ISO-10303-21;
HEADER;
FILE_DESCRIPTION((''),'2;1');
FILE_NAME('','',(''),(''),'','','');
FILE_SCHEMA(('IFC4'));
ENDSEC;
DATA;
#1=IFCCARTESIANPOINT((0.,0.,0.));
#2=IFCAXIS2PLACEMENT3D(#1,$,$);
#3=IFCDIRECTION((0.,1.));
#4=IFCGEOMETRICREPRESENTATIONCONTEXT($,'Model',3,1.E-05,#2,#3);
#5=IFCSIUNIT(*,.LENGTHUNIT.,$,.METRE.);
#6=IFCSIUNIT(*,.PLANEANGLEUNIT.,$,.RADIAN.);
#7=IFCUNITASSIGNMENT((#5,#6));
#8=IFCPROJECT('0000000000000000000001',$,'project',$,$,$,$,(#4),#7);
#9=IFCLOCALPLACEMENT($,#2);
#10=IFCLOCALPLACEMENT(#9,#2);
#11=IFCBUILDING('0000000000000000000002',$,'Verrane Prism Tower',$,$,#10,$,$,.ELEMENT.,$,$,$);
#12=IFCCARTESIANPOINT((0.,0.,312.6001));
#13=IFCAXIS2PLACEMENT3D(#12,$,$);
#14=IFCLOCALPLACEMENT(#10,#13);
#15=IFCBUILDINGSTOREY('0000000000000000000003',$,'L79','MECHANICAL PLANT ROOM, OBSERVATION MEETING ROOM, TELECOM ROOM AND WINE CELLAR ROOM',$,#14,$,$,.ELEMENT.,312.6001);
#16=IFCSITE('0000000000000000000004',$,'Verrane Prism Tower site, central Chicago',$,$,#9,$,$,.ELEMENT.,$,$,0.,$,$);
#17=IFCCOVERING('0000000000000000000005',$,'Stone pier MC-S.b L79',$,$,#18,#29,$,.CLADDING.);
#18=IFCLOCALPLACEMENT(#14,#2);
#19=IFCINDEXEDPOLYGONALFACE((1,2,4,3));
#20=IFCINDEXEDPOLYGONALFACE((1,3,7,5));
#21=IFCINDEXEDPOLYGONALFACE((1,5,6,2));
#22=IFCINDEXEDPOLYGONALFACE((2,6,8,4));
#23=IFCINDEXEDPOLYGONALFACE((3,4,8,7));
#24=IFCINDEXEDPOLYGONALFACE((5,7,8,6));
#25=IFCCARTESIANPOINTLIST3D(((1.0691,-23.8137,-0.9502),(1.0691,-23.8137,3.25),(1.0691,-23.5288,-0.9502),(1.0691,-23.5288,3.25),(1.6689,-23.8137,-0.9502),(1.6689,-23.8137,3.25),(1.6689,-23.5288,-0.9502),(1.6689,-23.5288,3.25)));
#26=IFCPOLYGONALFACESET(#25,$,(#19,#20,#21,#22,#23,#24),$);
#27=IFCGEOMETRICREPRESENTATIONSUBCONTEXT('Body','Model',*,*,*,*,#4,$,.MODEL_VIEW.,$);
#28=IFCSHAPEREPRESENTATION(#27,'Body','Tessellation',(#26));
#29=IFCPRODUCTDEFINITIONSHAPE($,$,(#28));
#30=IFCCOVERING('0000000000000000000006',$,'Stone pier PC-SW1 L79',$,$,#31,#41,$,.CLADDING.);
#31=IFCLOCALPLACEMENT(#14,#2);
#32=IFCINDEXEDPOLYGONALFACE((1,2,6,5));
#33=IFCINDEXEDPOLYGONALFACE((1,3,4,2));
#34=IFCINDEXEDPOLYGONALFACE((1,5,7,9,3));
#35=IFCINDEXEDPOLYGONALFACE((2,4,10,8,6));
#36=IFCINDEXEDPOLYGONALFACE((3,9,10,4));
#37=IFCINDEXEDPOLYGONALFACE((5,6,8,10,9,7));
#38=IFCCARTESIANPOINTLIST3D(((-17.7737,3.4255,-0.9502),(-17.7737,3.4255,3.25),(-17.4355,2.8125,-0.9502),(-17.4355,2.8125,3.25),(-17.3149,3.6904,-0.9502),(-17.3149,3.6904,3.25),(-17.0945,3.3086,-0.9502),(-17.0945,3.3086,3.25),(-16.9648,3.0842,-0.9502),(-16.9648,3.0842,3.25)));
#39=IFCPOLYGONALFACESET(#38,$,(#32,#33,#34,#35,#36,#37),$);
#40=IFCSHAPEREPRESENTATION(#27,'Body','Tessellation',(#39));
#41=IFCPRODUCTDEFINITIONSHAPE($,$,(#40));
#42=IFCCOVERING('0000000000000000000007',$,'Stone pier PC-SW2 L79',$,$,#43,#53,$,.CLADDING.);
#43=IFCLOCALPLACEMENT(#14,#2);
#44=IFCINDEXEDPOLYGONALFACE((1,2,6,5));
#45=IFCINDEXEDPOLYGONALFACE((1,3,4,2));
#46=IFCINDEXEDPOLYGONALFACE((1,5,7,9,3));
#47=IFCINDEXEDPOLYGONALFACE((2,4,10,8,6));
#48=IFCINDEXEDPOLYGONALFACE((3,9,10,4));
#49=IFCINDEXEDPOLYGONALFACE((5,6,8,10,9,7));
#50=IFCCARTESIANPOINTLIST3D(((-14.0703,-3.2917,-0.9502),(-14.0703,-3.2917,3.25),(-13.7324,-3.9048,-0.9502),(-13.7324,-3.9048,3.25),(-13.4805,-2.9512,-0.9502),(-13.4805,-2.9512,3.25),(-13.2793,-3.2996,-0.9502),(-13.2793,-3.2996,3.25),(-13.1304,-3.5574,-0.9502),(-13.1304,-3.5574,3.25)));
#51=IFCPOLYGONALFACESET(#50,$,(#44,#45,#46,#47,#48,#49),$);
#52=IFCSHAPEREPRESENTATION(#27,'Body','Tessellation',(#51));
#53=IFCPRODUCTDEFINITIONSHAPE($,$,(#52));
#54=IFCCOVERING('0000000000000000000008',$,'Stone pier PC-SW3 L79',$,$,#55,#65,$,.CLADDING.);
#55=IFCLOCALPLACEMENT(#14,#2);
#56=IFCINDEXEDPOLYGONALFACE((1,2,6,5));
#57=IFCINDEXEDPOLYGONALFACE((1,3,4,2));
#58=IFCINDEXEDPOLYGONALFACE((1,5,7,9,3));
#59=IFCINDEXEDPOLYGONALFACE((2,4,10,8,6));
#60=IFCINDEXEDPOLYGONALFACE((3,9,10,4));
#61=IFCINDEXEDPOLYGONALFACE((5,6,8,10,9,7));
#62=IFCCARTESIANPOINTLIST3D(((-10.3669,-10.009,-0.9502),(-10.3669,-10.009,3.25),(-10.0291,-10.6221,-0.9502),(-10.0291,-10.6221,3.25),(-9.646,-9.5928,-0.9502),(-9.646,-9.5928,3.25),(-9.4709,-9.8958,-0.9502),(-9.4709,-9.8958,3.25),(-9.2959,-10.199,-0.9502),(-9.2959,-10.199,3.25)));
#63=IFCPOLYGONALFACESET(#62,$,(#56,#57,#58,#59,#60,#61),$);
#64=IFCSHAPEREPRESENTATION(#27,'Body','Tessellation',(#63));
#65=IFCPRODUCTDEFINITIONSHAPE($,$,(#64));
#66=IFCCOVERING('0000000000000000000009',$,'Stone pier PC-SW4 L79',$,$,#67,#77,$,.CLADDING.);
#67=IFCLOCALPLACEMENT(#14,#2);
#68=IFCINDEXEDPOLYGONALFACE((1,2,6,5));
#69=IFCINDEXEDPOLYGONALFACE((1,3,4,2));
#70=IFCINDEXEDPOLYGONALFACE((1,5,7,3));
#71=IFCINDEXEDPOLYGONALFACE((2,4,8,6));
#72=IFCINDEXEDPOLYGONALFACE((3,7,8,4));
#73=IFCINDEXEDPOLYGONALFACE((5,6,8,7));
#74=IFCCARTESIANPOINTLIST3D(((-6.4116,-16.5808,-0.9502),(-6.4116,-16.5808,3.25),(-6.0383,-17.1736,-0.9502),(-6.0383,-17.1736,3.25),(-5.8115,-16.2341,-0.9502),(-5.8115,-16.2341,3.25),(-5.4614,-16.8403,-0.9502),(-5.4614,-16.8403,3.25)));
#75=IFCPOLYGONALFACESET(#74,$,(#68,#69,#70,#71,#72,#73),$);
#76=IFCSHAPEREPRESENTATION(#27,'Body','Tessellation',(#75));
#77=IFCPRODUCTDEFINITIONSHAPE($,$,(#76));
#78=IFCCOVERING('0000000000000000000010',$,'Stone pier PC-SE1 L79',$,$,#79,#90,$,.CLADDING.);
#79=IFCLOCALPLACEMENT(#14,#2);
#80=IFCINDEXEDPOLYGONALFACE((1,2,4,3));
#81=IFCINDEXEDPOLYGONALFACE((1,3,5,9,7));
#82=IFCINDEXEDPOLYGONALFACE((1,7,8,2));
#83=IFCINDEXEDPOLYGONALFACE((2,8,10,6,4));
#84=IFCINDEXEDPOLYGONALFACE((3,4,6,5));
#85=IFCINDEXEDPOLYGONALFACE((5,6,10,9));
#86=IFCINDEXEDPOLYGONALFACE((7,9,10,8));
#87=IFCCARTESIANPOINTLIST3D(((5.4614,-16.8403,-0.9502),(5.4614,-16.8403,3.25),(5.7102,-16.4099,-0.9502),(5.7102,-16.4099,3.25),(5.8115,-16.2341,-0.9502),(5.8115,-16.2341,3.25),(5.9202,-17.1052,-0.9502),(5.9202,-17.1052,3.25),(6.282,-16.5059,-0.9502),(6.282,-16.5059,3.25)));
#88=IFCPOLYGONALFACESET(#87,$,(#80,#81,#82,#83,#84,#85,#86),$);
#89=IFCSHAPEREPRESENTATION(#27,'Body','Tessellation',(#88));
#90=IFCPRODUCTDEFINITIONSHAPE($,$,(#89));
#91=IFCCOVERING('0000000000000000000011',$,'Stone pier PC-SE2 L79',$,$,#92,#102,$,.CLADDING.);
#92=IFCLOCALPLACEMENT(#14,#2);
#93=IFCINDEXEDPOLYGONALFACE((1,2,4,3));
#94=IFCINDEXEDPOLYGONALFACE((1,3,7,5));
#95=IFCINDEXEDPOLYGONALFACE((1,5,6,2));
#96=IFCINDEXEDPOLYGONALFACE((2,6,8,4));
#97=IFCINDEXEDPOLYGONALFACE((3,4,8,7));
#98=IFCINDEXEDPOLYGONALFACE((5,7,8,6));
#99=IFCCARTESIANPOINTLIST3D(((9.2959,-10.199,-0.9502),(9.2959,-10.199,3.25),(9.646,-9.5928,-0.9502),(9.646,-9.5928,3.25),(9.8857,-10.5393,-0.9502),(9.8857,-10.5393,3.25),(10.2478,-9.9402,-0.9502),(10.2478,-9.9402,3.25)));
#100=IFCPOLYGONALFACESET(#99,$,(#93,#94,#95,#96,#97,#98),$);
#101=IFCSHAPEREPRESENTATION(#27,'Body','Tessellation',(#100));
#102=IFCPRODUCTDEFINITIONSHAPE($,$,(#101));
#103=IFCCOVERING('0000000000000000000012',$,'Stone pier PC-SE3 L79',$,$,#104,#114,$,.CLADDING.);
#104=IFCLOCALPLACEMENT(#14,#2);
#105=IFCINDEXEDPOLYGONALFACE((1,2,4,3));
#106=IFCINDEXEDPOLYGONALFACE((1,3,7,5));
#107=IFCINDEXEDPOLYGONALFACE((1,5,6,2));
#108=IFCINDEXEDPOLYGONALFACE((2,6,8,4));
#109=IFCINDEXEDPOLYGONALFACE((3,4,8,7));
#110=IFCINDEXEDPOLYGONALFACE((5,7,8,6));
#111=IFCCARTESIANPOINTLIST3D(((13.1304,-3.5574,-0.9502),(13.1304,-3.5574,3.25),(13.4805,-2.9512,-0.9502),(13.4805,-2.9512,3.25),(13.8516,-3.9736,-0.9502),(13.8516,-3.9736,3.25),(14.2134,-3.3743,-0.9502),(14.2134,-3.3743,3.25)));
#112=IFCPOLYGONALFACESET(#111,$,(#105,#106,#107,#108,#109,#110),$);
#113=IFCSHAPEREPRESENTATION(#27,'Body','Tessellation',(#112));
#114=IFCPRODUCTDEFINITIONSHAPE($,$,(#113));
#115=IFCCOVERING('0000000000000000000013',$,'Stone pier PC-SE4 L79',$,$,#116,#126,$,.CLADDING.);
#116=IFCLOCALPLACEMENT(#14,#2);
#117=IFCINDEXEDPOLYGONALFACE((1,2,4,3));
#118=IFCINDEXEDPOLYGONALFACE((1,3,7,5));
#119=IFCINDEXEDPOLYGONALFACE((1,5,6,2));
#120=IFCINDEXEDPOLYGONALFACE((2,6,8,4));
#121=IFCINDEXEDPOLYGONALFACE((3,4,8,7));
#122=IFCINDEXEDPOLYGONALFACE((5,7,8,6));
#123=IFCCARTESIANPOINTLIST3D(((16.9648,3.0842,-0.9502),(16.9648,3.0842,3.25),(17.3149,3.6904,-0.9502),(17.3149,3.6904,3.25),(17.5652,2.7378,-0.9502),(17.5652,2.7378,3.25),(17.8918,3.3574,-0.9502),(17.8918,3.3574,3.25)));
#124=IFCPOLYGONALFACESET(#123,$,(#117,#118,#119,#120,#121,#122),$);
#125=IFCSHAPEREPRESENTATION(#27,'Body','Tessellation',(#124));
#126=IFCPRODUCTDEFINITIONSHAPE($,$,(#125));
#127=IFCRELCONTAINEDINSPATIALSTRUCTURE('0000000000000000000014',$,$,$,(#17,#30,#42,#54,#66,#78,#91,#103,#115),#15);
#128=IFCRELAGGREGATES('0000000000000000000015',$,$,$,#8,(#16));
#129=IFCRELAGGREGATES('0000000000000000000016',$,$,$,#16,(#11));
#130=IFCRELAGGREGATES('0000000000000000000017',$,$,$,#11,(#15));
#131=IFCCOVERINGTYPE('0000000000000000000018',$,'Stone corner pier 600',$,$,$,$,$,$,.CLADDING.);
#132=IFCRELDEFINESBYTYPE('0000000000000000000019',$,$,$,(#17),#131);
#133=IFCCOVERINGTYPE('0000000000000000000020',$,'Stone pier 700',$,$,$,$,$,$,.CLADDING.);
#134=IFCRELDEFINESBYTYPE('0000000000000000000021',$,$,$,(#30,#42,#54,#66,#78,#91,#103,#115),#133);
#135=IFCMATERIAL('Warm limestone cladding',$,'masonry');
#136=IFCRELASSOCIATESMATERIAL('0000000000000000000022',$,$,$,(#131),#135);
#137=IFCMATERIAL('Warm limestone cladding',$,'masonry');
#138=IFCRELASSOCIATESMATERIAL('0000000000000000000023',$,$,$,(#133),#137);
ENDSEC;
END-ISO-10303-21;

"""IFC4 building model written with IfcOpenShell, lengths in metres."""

from ifc_helpers import new_model, si_unit, direction, frame, origin, place, context, subcontext, project, spatial, polyline, outline, extrude, material, type_object, element, save


model = new_model("IFC4")

# Units and contexts
model_context = context("Model", 3, precision=1e-05, world=origin(), true_north=direction((0.0, 1.0)))
body_context = subcontext(model_context, "Body", "Model", "MODEL_VIEW")
ifc_project = project(units=[si_unit("LENGTHUNIT", "METRE"), si_unit("PLANEANGLEUNIT", "RADIAN")], contexts=[model_context])

# Site, building, storey
site_placement = place(None, origin())
site = spatial("IfcSite", under=ifc_project, at=site_placement, Name="Verrane Prism Tower site, central Chicago", CompositionType="ELEMENT", RefElevation=0.0)
building_placement = place(site_placement, origin())
building = spatial("IfcBuilding", under=site, at=building_placement, Name="Verrane Prism Tower", CompositionType="ELEMENT")
storey_placement = place(building_placement, frame((0.0, 0.0, 312.6001)))
storey = spatial("IfcBuildingStorey", under=building, at=storey_placement, Name="L79", Description="MECHANICAL PLANT ROOM, OBSERVATION MEETING ROOM, TELECOM ROOM AND WINE CELLAR ROOM", CompositionType="ELEMENT", Elevation=312.6001)

# Coverings
ifc_material_1 = material(Name="Warm limestone cladding", Category="masonry")
covering_type_1 = type_object("IfcCoveringType", Name="Stone corner pier 600", PredefinedType="CLADDING", material=ifc_material_1)
covering_1_placement = place(storey_placement, frame((0.0, 0.0, -0.9502)))
element("IfcCovering", 1, at=covering_1_placement, inside=storey, type_object=covering_type_1, Name="Stone pier MC-S.b L79", PredefinedType="CLADDING", context=body_context, shape_type="SweptSolid", body=[
    extrude(outline(polyline([(1.6689, -23.5288), (1.0691, -23.5288), (1.0691, -23.8137), (1.6689, -23.8137), (1.6689, -23.5288)])), origin(), (0.0, 0.0, 1.0), 4.2002),
])
ifc_material_2 = material(Name="Warm limestone cladding", Category="masonry")
covering_type_2 = type_object("IfcCoveringType", Name="Stone pier 700", PredefinedType="CLADDING", material=ifc_material_2)
covering_2_placement = place(storey_placement, frame((0.0, 0.0, -0.9502)))
element("IfcCovering", 2, at=covering_2_placement, inside=storey, type_object=covering_type_2, Name="Stone pier PC-SW1 L79", PredefinedType="CLADDING", context=body_context, shape_type="SweptSolid", body=[
    extrude(outline(polyline([(-16.9648, 3.0842), (-17.0945, 3.3086), (-17.3149, 3.6904), (-17.7737, 3.4255), (-17.4355, 2.8125), (-16.9648, 3.0842)])), origin(), (0.0, 0.0, 1.0), 4.2002),
])
covering_3_placement = place(storey_placement, frame((0.0, 0.0, -0.9502)))
element("IfcCovering", 3, at=covering_3_placement, inside=storey, type_object=covering_type_2, Name="Stone pier PC-SW2 L79", PredefinedType="CLADDING", context=body_context, shape_type="SweptSolid", body=[
    extrude(outline(polyline([(-13.1304, -3.5574), (-13.2793, -3.2996), (-13.4805, -2.9512), (-14.0703, -3.2917), (-13.7324, -3.9048), (-13.1304, -3.5574)])), origin(), (0.0, 0.0, 1.0), 4.2002),
])
covering_4_placement = place(storey_placement, frame((0.0, 0.0, -0.9502)))
element("IfcCovering", 4, at=covering_4_placement, inside=storey, type_object=covering_type_2, Name="Stone pier PC-SW3 L79", PredefinedType="CLADDING", context=body_context, shape_type="SweptSolid", body=[
    extrude(outline(polyline([(-9.2959, -10.199), (-9.4709, -9.8958), (-9.646, -9.5928), (-10.3669, -10.009), (-10.0291, -10.6221), (-9.2959, -10.199)])), origin(), (0.0, 0.0, 1.0), 4.2002),
])
covering_5_placement = place(storey_placement, frame((0.0, 0.0, -0.9502)))
element("IfcCovering", 5, at=covering_5_placement, inside=storey, type_object=covering_type_2, Name="Stone pier PC-SW4 L79", PredefinedType="CLADDING", context=body_context, shape_type="SweptSolid", body=[
    extrude(outline(polyline([(-5.4614, -16.8403), (-5.8115, -16.2341), (-6.4116, -16.5808), (-6.0383, -17.1736), (-5.4614, -16.8403)])), origin(), (0.0, 0.0, 1.0), 4.2002),
])
covering_6_placement = place(storey_placement, frame((0.0, 0.0, -0.9502)))
element("IfcCovering", 6, at=covering_6_placement, inside=storey, type_object=covering_type_2, Name="Stone pier PC-SE1 L79", PredefinedType="CLADDING", context=body_context, shape_type="SweptSolid", body=[
    extrude(outline(polyline([(5.8115, -16.2341), (5.7102, -16.4099), (5.4614, -16.8403), (5.9202, -17.1052), (6.282, -16.5059), (5.8115, -16.2341)])), origin(), (0.0, 0.0, 1.0), 4.2002),
])
covering_7_placement = place(storey_placement, frame((0.0, 0.0, -0.9502)))
element("IfcCovering", 7, at=covering_7_placement, inside=storey, type_object=covering_type_2, Name="Stone pier PC-SE2 L79", PredefinedType="CLADDING", context=body_context, shape_type="SweptSolid", body=[
    extrude(outline(polyline([(9.646, -9.5928), (9.2959, -10.199), (9.8857, -10.5393), (10.2478, -9.9402), (9.646, -9.5928)])), origin(), (0.0, 0.0, 1.0), 4.2002),
])
covering_8_placement = place(storey_placement, frame((0.0, 0.0, -0.9502)))
element("IfcCovering", 8, at=covering_8_placement, inside=storey, type_object=covering_type_2, Name="Stone pier PC-SE3 L79", PredefinedType="CLADDING", context=body_context, shape_type="SweptSolid", body=[
    extrude(outline(polyline([(13.4805, -2.9512), (13.1304, -3.5574), (13.8516, -3.9736), (14.2134, -3.3743), (13.4805, -2.9512)])), origin(), (0.0, 0.0, 1.0), 4.2002),
])
covering_9_placement = place(storey_placement, frame((0.0, 0.0, -0.9502)))
element("IfcCovering", 9, at=covering_9_placement, inside=storey, type_object=covering_type_2, Name="Stone pier PC-SE4 L79", PredefinedType="CLADDING", context=body_context, shape_type="SweptSolid", body=[
    extrude(outline(polyline([(17.3149, 3.6904), (16.9648, 3.0842), (17.5652, 2.7378), (17.8918, 3.3574), (17.3149, 3.6904)])), origin(), (0.0, 0.0, 1.0), 4.2002),
])

save(model, "model.ifc")
